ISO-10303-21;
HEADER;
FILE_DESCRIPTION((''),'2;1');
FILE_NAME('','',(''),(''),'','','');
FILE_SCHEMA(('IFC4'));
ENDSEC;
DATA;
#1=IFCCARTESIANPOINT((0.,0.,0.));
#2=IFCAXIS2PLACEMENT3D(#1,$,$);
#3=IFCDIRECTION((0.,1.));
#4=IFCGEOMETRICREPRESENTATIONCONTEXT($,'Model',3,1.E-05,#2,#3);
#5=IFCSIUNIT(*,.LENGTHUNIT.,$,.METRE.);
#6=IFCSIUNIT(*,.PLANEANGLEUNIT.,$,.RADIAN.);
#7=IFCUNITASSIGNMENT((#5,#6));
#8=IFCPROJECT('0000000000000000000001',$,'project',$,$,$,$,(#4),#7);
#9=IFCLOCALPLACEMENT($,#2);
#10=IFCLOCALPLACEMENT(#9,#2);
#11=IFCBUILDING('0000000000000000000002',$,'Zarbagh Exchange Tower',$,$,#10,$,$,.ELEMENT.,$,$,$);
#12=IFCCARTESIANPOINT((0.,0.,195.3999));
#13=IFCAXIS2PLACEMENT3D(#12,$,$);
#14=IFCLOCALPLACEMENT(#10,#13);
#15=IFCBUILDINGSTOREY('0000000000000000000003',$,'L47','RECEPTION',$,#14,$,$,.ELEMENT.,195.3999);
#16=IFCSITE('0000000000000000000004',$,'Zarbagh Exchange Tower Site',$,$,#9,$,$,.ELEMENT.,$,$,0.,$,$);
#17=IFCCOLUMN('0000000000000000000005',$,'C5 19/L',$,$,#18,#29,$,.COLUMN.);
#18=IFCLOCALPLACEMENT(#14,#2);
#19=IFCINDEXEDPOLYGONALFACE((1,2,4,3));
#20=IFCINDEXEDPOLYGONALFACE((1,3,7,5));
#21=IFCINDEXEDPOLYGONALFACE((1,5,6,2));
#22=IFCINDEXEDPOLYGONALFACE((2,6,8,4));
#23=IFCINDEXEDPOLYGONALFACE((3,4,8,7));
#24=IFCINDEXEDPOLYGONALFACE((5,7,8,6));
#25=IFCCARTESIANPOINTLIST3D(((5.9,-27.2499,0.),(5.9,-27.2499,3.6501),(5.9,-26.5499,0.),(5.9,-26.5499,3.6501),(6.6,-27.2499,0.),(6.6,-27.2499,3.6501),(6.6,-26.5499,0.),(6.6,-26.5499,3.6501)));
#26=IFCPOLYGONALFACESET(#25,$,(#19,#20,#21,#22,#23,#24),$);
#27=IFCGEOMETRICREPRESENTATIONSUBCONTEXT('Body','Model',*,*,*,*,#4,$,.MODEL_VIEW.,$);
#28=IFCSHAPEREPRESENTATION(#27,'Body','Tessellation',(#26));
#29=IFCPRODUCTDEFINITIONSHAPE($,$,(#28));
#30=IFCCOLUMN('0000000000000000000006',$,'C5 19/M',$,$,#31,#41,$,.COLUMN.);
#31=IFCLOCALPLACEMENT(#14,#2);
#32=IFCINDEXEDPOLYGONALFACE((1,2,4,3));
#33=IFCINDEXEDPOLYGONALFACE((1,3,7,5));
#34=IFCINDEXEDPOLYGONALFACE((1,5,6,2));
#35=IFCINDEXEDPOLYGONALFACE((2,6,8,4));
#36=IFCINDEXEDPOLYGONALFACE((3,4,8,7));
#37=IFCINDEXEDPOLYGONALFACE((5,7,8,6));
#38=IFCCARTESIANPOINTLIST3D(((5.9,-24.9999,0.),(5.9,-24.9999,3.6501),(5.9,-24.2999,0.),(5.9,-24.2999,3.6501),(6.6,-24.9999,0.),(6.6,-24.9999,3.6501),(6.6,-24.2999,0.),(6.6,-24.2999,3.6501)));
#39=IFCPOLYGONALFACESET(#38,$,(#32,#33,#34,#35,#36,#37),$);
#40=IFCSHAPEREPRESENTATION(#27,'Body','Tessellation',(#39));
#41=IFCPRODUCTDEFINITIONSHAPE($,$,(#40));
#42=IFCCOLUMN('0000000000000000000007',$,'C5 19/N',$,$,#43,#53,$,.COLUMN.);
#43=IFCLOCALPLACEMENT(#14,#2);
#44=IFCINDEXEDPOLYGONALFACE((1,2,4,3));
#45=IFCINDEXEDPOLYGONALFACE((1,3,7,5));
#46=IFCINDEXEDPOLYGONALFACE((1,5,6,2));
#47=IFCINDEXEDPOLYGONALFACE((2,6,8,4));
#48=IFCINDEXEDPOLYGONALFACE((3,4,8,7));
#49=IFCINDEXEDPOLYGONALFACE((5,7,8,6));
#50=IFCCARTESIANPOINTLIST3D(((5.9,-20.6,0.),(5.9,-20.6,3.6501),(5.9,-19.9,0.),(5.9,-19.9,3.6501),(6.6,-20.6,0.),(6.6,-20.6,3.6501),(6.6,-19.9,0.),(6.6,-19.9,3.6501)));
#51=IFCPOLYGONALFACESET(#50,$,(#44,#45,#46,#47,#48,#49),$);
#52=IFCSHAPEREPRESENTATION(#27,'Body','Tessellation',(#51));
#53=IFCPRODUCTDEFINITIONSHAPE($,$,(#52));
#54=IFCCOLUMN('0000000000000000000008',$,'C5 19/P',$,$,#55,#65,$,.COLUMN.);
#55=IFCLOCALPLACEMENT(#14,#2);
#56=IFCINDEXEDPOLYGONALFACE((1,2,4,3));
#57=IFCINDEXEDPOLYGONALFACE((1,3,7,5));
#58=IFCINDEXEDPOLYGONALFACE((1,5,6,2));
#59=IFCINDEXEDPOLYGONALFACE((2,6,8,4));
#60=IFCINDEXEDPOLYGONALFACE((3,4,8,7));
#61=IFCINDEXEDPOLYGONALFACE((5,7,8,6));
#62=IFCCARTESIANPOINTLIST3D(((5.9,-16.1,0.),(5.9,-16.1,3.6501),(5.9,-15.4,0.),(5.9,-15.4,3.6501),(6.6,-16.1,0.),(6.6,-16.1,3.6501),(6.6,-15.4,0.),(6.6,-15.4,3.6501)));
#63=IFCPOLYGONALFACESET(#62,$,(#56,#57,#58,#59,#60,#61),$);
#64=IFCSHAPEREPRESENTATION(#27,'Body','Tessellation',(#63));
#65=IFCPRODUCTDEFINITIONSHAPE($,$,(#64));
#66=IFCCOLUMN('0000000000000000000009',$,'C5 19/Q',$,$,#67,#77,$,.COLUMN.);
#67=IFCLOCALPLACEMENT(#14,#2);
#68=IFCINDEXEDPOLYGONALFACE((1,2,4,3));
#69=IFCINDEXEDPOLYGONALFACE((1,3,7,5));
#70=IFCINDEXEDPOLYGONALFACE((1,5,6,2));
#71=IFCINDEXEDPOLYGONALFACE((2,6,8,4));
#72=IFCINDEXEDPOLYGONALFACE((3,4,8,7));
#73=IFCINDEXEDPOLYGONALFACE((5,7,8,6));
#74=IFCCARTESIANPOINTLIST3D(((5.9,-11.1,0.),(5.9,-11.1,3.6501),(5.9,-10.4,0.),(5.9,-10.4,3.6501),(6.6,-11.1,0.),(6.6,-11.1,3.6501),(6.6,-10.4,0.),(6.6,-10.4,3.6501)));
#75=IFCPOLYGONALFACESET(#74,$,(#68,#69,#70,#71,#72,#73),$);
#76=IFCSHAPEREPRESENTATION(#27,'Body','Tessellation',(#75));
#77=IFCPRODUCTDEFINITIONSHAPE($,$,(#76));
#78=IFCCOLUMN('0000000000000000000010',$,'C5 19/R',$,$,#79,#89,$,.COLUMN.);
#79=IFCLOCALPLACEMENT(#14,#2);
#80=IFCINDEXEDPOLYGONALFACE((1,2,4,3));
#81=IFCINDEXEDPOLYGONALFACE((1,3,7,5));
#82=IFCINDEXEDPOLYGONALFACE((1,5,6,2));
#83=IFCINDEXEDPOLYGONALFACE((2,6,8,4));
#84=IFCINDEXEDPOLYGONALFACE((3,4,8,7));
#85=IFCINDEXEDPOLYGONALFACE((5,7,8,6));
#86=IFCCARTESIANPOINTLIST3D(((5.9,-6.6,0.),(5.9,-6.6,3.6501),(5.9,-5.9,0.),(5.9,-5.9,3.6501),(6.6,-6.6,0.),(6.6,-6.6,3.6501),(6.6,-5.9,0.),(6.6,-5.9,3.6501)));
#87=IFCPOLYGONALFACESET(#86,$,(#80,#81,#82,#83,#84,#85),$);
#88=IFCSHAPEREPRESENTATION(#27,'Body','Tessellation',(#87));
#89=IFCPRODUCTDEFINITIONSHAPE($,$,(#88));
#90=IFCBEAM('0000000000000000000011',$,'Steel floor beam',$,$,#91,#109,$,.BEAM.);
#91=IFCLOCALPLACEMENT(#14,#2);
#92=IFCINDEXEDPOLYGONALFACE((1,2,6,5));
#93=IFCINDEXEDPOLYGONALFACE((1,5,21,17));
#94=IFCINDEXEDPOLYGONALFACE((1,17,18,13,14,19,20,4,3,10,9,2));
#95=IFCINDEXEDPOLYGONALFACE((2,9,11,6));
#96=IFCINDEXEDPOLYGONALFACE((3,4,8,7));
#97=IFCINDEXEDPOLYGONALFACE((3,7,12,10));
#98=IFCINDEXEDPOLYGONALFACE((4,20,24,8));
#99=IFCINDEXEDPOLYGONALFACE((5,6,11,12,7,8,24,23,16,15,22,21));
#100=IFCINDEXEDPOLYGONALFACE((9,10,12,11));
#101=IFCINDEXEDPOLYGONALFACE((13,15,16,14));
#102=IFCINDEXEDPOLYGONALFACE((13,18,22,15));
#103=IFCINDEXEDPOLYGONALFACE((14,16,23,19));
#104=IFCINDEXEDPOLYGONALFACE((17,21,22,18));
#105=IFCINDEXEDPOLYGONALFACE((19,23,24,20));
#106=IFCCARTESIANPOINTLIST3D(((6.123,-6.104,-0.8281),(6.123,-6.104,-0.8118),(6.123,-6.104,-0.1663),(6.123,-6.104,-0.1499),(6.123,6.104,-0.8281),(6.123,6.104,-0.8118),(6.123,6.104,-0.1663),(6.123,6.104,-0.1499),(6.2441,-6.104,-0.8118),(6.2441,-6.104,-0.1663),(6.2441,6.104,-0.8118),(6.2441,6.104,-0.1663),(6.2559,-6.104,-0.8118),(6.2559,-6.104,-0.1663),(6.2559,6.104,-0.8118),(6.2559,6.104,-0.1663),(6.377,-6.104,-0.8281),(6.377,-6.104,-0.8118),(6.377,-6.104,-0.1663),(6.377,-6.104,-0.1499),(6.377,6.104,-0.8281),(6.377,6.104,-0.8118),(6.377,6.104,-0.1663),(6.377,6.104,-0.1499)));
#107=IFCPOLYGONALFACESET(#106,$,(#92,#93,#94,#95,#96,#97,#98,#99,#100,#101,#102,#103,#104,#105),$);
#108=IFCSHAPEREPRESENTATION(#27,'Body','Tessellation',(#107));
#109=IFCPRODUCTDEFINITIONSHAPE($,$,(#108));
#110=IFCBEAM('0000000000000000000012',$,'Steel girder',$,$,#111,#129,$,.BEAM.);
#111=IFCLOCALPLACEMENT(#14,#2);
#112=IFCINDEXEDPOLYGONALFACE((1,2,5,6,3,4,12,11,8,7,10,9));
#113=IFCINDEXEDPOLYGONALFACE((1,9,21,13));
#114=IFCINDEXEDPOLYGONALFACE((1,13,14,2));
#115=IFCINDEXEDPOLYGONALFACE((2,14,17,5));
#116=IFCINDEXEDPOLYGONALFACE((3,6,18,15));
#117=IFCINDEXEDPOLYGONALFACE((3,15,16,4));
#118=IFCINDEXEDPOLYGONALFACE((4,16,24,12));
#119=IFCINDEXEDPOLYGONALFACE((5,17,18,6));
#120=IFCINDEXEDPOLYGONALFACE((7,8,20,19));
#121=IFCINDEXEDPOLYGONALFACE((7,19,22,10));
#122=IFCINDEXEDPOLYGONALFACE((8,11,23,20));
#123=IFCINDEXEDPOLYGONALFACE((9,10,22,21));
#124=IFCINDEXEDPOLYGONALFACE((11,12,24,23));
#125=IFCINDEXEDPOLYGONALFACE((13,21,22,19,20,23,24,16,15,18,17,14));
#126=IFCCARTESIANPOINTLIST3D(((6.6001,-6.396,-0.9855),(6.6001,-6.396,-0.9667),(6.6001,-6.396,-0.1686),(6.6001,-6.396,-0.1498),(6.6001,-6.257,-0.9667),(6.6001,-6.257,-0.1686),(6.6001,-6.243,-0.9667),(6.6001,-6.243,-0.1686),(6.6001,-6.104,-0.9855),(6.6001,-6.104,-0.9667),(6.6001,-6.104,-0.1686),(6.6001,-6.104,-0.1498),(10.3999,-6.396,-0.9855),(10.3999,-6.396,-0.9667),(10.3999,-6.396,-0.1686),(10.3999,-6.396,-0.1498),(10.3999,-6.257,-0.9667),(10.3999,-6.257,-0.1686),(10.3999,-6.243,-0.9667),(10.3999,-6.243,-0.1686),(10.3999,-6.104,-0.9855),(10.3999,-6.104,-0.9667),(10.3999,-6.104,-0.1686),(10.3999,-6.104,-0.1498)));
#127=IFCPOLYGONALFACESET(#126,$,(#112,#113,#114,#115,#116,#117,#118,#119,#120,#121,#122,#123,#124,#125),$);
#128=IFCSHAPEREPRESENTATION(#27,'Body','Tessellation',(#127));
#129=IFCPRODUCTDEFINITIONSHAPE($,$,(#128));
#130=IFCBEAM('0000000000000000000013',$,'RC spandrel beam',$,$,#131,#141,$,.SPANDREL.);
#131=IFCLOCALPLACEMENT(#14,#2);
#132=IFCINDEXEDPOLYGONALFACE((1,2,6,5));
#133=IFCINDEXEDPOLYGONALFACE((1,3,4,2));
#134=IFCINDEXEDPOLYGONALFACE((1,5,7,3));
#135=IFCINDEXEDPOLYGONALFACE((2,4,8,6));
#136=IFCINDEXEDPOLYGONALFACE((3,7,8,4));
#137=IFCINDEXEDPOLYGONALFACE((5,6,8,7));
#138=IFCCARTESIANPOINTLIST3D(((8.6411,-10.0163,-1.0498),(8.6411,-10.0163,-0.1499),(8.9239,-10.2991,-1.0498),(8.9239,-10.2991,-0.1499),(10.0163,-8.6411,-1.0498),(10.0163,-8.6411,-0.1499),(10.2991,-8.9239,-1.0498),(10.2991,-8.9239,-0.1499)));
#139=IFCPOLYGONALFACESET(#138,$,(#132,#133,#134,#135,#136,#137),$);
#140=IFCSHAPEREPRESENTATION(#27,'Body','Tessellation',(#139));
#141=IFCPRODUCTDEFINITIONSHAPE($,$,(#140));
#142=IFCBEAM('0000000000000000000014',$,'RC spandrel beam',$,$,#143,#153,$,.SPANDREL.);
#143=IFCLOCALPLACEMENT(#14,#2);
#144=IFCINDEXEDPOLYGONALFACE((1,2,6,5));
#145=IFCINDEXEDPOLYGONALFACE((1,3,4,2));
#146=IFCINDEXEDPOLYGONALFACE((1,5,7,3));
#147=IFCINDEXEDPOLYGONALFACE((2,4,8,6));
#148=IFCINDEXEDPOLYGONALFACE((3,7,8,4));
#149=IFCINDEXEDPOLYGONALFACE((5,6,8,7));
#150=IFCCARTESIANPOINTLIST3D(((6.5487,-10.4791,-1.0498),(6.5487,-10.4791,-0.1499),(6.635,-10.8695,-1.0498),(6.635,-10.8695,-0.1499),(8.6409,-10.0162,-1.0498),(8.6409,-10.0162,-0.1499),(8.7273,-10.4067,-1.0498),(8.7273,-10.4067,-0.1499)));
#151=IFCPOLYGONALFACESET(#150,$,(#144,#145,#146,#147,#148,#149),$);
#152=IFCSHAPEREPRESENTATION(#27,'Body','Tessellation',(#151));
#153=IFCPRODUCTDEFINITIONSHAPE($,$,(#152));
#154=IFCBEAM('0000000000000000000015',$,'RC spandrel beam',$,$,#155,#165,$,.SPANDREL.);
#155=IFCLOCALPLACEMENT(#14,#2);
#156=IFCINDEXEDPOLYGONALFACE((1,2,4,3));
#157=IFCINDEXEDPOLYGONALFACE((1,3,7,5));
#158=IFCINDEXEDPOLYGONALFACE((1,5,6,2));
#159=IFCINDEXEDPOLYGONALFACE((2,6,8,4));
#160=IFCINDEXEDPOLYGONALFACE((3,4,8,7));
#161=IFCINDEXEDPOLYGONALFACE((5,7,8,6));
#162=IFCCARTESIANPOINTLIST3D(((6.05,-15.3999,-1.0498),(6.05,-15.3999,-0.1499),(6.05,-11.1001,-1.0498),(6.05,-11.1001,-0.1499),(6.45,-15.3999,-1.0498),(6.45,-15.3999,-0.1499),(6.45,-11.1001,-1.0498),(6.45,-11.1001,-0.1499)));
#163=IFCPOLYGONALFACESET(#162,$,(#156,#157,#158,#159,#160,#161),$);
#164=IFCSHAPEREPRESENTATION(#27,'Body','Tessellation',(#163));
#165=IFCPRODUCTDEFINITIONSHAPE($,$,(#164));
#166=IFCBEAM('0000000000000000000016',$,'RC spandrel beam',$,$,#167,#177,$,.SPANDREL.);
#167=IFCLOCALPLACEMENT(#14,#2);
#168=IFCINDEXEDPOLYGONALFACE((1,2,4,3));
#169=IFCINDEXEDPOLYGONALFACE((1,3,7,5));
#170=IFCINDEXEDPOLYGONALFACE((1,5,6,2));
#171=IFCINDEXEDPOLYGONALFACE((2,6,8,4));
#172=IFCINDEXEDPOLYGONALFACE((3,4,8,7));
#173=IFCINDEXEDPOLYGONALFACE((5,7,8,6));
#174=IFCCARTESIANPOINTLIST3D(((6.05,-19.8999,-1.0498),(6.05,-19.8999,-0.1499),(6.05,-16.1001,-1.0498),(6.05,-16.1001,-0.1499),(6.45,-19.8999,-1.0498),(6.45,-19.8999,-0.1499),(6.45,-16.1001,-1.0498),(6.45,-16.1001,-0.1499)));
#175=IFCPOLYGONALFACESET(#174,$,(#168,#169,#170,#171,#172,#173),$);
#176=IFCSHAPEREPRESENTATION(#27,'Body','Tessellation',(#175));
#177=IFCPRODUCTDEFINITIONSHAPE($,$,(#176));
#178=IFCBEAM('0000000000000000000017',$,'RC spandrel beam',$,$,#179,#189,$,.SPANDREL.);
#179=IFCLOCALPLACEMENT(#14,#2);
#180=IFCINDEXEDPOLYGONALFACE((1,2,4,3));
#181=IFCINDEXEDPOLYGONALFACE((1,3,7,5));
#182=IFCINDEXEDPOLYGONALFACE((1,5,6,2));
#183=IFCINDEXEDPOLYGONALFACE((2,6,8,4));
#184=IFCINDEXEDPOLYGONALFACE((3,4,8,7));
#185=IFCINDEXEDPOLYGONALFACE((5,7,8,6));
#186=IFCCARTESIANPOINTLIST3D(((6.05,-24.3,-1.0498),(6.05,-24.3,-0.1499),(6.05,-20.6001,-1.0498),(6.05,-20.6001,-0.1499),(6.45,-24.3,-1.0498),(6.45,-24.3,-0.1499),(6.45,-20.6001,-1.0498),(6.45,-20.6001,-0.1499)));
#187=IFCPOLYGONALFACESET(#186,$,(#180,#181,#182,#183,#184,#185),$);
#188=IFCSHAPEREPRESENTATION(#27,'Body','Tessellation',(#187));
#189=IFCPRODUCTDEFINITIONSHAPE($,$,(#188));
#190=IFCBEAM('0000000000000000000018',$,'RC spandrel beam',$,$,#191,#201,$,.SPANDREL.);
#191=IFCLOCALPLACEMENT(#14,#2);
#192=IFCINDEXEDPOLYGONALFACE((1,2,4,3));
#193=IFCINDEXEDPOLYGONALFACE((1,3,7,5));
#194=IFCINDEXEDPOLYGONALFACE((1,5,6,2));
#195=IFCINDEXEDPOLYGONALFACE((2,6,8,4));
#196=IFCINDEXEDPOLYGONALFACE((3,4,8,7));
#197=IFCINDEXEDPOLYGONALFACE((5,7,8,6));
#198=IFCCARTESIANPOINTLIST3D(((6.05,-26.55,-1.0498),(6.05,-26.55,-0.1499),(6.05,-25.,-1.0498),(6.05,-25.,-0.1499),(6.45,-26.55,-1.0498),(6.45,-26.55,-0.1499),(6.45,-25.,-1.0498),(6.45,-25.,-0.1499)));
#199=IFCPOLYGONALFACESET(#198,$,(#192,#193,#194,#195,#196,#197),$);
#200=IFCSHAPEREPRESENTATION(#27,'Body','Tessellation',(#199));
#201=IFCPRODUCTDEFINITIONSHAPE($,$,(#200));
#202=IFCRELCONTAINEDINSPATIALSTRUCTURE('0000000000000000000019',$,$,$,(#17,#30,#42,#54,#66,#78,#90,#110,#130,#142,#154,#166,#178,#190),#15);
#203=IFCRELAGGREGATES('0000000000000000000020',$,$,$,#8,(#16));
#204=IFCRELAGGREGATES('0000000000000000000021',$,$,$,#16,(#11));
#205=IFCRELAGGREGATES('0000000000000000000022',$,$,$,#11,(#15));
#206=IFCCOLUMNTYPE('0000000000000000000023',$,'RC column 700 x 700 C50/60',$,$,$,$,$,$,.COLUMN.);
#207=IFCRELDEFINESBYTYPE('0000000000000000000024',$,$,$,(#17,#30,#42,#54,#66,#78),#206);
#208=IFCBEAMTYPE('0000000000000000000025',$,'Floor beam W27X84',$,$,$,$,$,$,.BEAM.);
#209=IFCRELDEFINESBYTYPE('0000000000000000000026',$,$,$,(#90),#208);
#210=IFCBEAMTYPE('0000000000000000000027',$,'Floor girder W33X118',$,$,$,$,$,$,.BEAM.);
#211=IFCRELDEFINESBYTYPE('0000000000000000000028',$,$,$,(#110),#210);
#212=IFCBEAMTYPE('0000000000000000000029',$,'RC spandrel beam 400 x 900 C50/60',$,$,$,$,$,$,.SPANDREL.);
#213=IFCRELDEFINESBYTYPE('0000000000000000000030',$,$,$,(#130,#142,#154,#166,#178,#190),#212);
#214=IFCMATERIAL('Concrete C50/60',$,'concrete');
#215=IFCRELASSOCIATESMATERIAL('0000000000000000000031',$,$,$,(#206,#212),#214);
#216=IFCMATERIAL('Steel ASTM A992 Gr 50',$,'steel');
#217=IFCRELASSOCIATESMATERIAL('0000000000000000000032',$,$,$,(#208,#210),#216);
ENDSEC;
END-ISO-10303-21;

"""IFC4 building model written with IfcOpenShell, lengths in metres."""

from ifc_helpers import new_model, si_unit, direction, frame, origin, origin_2d, place, context, subcontext, project, spatial, rectangle, i_section, extrude, material, material_profile, profile_set, type_object, element, save


model = new_model("IFC4")

# Units and contexts
model_context = context("Model", 3, precision=1e-05, world=origin(), true_north=direction((0.0, 1.0)))
body_context = subcontext(model_context, "Body", "Model", "MODEL_VIEW")
ifc_project = project(units=[si_unit("LENGTHUNIT", "METRE"), si_unit("PLANEANGLEUNIT", "RADIAN")], contexts=[model_context])

# Site, building, storey
site_placement = place(None, origin())
site = spatial("IfcSite", under=ifc_project, at=site_placement, Name="Zarbagh Exchange Tower Site", CompositionType="ELEMENT", RefElevation=0.0)
building_placement = place(site_placement, origin())
building = spatial("IfcBuilding", under=site, at=building_placement, Name="Zarbagh Exchange Tower", CompositionType="ELEMENT")
storey_placement = place(building_placement, frame((0.0, 0.0, 195.3999)))
storey = spatial("IfcBuildingStorey", under=building, at=storey_placement, Name="L47", Description="RECEPTION", CompositionType="ELEMENT", Elevation=195.3999)

# Columns
ifc_material_1 = material(Name="Concrete C50/60", Category="concrete")
ifc_material_profile_1 = material_profile(ifc_material_1, rectangle(XDim=0.7, YDim=0.7, at=origin_2d()), Name="RC column 700 x 700 C50/60")
ifc_profile_set_1 = profile_set([ifc_material_profile_1], Name="Concrete C50/60")
column_type = type_object("IfcColumnType", Name="RC column 700 x 700 C50/60", PredefinedType="COLUMN", material=ifc_profile_set_1)
for number, where, z_axis, x_axis, name in (
    (1, (6.25, -26.8999, 0.0), (0.0, 0.0, 1.0), (1.0, 0.0, 0.0), "C5 19/L"),
    (2, (6.25, -24.6499, 0.0), (0.0, 0.0, 1.0), (1.0, 0.0, 0.0), "C5 19/M"),
    (3, (6.25, -20.25, 0.0), (0.0, 0.0, 1.0), (1.0, 0.0, 0.0), "C5 19/N"),
    (4, (6.25, -15.75, 0.0), (0.0, 0.0, 1.0), (1.0, 0.0, 0.0), "C5 19/P"),
    (5, (6.25, -10.75, 0.0), (0.0, 0.0, 1.0), (1.0, 0.0, 0.0), "C5 19/Q"),
    (6, (6.25, -6.25, 0.0), (0.0, 0.0, 1.0), (1.0, 0.0, 0.0), "C5 19/R"),
):
    element("IfcColumn", number, at=place(storey_placement, frame(where, z_axis=z_axis, x_axis=x_axis)), inside=storey, type_object=column_type, Name=name, PredefinedType="COLUMN", context=body_context, shape_type="SweptSolid", body=[
        extrude(rectangle(XDim=0.7, YDim=0.7, at=origin_2d()), origin(), (0.0, 0.0, 1.0), 3.6501),
    ])

# Beams
ifc_material_2 = material(Name="Steel ASTM A992 Gr 50", Category="steel")
ifc_material_profile_2 = material_profile(ifc_material_2, i_section(OverallWidth=0.2539, OverallDepth=0.6782, WebThickness=0.0117, FlangeThickness=0.0164, at=origin_2d()), Name="W27X84")
ifc_profile_set_2 = profile_set([ifc_material_profile_2], Name="Steel ASTM A992 Gr 50")
beam_type_1 = type_object("IfcBeamType", Name="Floor beam W27X84", PredefinedType="BEAM", material=ifc_profile_set_2)
beam_1_placement = place(storey_placement, frame((6.25, -6.104, -0.489), z_axis=(0.0, 1.0, 0.0), x_axis=(-1.0, 0.0, 0.0)))
element("IfcBeam", 7, at=beam_1_placement, inside=storey, type_object=beam_type_1, Name="Steel floor beam", PredefinedType="BEAM", context=body_context, shape_type="SweptSolid", body=[
    extrude(i_section(OverallWidth=0.2539, OverallDepth=0.6782, WebThickness=0.0117, FlangeThickness=0.0164, at=origin_2d()), origin(), (0.0, 0.0, 1.0), 12.208),
])
ifc_material_profile_3 = material_profile(ifc_material_2, i_section(OverallWidth=0.292, OverallDepth=0.8357, WebThickness=0.0139, FlangeThickness=0.0188, at=origin_2d()), Name="W33X118")
ifc_profile_set_3 = profile_set([ifc_material_profile_3], Name="Steel ASTM A992 Gr 50")
beam_type_2 = type_object("IfcBeamType", Name="Floor girder W33X118", PredefinedType="BEAM", material=ifc_profile_set_3)
beam_2_placement = place(storey_placement, frame((6.6001, -6.25, -0.5676), z_axis=(1.0, 0.0, 0.0), x_axis=(0.0, 1.0, 0.0)))
element("IfcBeam", 8, at=beam_2_placement, inside=storey, type_object=beam_type_2, Name="Steel girder", PredefinedType="BEAM", context=body_context, shape_type="SweptSolid", body=[
    extrude(i_section(OverallWidth=0.292, OverallDepth=0.8357, WebThickness=0.0139, FlangeThickness=0.0188, at=origin_2d()), origin(), (0.0, 0.0, 1.0), 3.7998),
])
ifc_material_profile_4 = material_profile(ifc_material_1, rectangle(XDim=0.3999, YDim=0.8999, at=origin_2d()), Name="RC spandrel beam 400 x 900 C50/60")
ifc_profile_set_4 = profile_set([ifc_material_profile_4], Name="Concrete C50/60")
beam_type_3 = type_object("IfcBeamType", Name="RC spandrel beam 400 x 900 C50/60", PredefinedType="SPANDREL", material=ifc_profile_set_4)
beam_3_placement = place(storey_placement, frame((10.1577, -8.7825, -0.5999), z_axis=(-0.707107, -0.707107, 0.0), x_axis=(0.707107, -0.707107, 0.0)))
element("IfcBeam", 9, at=beam_3_placement, inside=storey, type_object=beam_type_3, Name="RC spandrel beam", PredefinedType="SPANDREL", context=body_context, shape_type="SweptSolid", body=[
    extrude(rectangle(XDim=0.3999, YDim=0.8999, at=origin_2d()), origin(), (0.0, 0.0, 1.0), 1.9448),
])
beam_4_placement = place(storey_placement, frame((8.6841, -10.2114, -0.5999), z_axis=(-0.97639, -0.216014, 0.0), x_axis=(0.216014, -0.97639, 0.0)))
element("IfcBeam", 10, at=beam_4_placement, inside=storey, type_object=beam_type_3, Name="RC spandrel beam", PredefinedType="SPANDREL", context=body_context, shape_type="SweptSolid", body=[
    extrude(rectangle(XDim=0.3999, YDim=0.8999, at=origin_2d()), origin(), (0.0, 0.0, 1.0), 2.1428),
])
beam_5_placement = place(storey_placement, frame((6.25, -11.1001, -0.5999), z_axis=(0.0, -1.0, 0.0), x_axis=(1.0, 0.0, 0.0)))
element("IfcBeam", 11, at=beam_5_placement, inside=storey, type_object=beam_type_3, Name="RC spandrel beam", PredefinedType="SPANDREL", context=body_context, shape_type="SweptSolid", body=[
    extrude(rectangle(XDim=0.3999, YDim=0.8999, at=origin_2d()), origin(), (0.0, 0.0, 1.0), 4.2998),
])
beam_6_placement = place(storey_placement, frame((6.25, -16.1001, -0.5999), z_axis=(0.0, -1.0, 0.0), x_axis=(1.0, 0.0, 0.0)))
element("IfcBeam", 12, at=beam_6_placement, inside=storey, type_object=beam_type_3, Name="RC spandrel beam", PredefinedType="SPANDREL", context=body_context, shape_type="SweptSolid", body=[
    extrude(rectangle(XDim=0.3999, YDim=0.8999, at=origin_2d()), origin(), (0.0, 0.0, 1.0), 3.7998),
])
beam_7_placement = place(storey_placement, frame((6.25, -20.6001, -0.5999), z_axis=(0.0, -1.0, 0.0), x_axis=(1.0, 0.0, 0.0)))
element("IfcBeam", 13, at=beam_7_placement, inside=storey, type_object=beam_type_3, Name="RC spandrel beam", PredefinedType="SPANDREL", context=body_context, shape_type="SweptSolid", body=[
    extrude(rectangle(XDim=0.3999, YDim=0.8999, at=origin_2d()), origin(), (0.0, 0.0, 1.0), 3.7),
])
beam_8_placement = place(storey_placement, frame((6.25, -25.0, -0.5999), z_axis=(0.0, -1.0, 0.0), x_axis=(1.0, 0.0, 0.0)))
element("IfcBeam", 14, at=beam_8_placement, inside=storey, type_object=beam_type_3, Name="RC spandrel beam", PredefinedType="SPANDREL", context=body_context, shape_type="SweptSolid", body=[
    extrude(rectangle(XDim=0.3999, YDim=0.8999, at=origin_2d()), origin(), (0.0, 0.0, 1.0), 1.55),
])

save(model, "model.ifc")
